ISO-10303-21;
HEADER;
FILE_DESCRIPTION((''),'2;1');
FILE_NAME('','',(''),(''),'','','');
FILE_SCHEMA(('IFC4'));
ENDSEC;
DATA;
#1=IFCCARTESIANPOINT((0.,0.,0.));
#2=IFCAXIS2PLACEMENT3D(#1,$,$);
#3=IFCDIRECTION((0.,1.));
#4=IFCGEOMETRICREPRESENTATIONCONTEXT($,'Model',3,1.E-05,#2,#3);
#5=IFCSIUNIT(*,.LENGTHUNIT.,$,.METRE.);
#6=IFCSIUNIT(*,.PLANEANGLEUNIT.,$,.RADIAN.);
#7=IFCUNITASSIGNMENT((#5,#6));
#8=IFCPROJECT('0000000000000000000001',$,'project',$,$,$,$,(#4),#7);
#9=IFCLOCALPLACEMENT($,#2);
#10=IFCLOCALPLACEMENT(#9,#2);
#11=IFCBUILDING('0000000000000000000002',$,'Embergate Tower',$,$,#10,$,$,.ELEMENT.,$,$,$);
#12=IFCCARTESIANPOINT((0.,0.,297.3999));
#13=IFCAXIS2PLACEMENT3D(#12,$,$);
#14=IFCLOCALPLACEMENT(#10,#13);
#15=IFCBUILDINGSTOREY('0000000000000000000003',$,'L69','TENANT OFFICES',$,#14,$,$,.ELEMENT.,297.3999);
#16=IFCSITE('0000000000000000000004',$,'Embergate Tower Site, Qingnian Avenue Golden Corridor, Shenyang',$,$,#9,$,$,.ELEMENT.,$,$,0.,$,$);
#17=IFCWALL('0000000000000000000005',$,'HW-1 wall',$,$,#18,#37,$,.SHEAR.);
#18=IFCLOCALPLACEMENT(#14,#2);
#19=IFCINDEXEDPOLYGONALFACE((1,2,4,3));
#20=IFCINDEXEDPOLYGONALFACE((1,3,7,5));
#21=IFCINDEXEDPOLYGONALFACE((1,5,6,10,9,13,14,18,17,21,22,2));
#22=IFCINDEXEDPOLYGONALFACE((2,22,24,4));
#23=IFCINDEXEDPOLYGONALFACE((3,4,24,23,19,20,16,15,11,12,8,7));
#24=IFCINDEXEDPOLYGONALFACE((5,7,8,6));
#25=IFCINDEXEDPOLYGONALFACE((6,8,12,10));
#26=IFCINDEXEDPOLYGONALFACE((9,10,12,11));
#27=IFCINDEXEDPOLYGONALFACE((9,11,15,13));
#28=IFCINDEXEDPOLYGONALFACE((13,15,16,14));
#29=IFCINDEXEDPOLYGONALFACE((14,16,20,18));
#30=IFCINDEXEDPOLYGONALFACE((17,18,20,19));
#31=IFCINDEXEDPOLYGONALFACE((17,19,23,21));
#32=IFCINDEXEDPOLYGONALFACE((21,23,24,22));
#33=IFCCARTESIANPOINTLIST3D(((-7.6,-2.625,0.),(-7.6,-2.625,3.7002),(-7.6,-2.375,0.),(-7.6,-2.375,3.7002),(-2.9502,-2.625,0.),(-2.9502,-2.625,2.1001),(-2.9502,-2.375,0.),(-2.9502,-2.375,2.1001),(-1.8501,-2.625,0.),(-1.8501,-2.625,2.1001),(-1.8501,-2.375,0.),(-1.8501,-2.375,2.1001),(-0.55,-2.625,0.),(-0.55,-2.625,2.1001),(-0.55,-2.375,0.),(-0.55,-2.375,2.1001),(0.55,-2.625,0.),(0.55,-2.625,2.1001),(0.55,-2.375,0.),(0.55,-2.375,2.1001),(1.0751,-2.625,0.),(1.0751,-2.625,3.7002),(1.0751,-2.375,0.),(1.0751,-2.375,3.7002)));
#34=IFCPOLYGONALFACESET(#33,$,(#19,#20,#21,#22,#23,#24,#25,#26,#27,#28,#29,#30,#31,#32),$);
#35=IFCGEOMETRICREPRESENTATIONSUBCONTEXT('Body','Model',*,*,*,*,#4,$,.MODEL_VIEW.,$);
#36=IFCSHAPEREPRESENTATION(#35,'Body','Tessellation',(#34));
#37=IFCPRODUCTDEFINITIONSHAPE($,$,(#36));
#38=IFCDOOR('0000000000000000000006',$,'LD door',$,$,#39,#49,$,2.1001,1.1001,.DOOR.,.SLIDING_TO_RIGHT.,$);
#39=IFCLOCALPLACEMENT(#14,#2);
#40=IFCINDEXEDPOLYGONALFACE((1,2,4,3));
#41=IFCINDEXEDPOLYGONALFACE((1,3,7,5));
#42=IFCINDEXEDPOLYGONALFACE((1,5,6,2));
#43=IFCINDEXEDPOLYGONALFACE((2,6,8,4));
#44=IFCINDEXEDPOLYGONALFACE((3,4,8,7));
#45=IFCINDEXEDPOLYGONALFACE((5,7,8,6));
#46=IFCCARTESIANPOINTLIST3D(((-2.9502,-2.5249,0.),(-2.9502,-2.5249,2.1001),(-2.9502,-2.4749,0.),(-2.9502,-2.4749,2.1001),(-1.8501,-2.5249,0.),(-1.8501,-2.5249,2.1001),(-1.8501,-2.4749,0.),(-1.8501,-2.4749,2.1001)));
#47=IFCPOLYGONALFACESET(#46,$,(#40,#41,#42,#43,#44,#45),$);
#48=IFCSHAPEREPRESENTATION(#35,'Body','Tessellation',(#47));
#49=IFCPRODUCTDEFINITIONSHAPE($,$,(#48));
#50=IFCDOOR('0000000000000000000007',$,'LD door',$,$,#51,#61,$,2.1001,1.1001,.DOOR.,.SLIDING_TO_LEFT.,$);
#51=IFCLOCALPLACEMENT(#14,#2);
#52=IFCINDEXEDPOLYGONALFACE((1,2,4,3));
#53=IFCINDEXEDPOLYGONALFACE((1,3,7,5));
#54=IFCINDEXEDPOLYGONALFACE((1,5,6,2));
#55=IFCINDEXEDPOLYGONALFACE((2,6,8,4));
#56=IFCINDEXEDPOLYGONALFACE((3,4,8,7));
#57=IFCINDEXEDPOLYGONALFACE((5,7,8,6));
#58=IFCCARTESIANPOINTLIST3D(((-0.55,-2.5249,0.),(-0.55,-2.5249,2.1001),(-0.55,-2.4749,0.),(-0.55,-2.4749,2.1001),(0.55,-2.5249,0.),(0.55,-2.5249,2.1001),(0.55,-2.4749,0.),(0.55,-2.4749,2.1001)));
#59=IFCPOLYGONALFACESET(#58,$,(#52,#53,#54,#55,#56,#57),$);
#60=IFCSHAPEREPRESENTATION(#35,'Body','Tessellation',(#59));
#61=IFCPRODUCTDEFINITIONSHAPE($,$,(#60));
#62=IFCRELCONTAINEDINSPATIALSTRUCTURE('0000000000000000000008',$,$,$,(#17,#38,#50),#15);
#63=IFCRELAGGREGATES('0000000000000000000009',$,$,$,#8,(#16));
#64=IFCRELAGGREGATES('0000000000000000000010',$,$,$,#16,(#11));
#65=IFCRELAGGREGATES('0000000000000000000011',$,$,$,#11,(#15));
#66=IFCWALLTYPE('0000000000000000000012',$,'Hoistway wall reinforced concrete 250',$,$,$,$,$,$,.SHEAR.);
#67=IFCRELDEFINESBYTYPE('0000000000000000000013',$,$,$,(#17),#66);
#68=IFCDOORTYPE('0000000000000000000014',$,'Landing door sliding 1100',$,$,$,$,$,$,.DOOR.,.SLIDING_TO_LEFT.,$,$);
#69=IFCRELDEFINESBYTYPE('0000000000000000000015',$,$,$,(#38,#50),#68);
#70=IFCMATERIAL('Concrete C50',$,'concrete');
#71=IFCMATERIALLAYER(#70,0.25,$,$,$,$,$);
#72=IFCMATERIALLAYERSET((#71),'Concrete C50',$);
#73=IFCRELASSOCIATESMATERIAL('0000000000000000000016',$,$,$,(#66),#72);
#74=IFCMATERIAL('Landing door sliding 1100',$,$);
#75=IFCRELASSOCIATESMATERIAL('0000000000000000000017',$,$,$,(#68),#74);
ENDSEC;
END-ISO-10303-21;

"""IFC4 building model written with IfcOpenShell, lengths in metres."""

from ifc_helpers import new_model, si_unit, direction, frame, frame_2d, origin, place, context, subcontext, project, spatial, rectangle, extrude, source, transform, mapped, material, layer, layer_set, type_object, element, fill, save


model = new_model("IFC4")

# Units and contexts
model_context = context("Model", 3, precision=1e-05, world=origin(), true_north=direction((0.0, 1.0)))
body_context = subcontext(model_context, "Body", "Model", "MODEL_VIEW")
ifc_project = project(units=[si_unit("LENGTHUNIT", "METRE"), si_unit("PLANEANGLEUNIT", "RADIAN")], contexts=[model_context])

# Site, building, storey
site_placement = place(None, origin())
site = spatial("IfcSite", under=ifc_project, at=site_placement, Name="Embergate Tower Site, Qingnian Avenue Golden Corridor, Shenyang", CompositionType="ELEMENT", RefElevation=0.0)
building_placement = place(site_placement, origin())
building = spatial("IfcBuilding", under=site, at=building_placement, Name="Embergate Tower", CompositionType="ELEMENT")
storey_placement = place(building_placement, frame((0.0, 0.0, 297.3999)))
storey = spatial("IfcBuildingStorey", under=building, at=storey_placement, Name="L69", Description="TENANT OFFICES", CompositionType="ELEMENT", Elevation=297.3999)

# Shared definitions
ifc_material_1 = material(Name="Concrete C50", Category="concrete")
ifc_layer_1 = layer(ifc_material_1, 0.25)
ifc_layer_set_1 = layer_set([ifc_layer_1], Name="Concrete C50")
wall_type_1 = type_object("IfcWallType", Name="Hoistway wall reinforced concrete 250", PredefinedType="SHEAR", material=ifc_layer_set_1)

# Wall, openings, doors
shared_shape_1 = source(origin(), body_context, "Body", "SweptSolid", [
    extrude(rectangle(XDim=8.675, YDim=0.25, at=frame_2d((4.3374, 0.0))), origin(), (0.0, 0.0, 1.0), 3.7002),
])
wall_1_placement = place(storey_placement, frame((1.075, -2.5, 0.0), z_axis=(0.0, 0.0, 1.0), x_axis=(-1.0, 0.0, 0.0)))
wall_1 = element("IfcWall", 1, at=wall_1_placement, inside=storey, type_object=wall_type_1, Name="HW-1 wall", PredefinedType="SHEAR", context=body_context, shape_type="MappedRepresentation", body=[
    mapped(shared_shape_1, transform((0.0, 0.0, 0.0))),
])
shared_shape_2 = source(origin(), body_context, "Body", "SweptSolid", [
    extrude(rectangle(XDim=1.1001, YDim=2.1001, at=frame_2d((0.55, 1.05))), frame((0.0, 0.135, 0.0), z_axis=(0.0, -1.0, 0.0), x_axis=(1.0, 0.0, 0.0)), (0.0, 0.0, 1.0), 0.27),
])
opening_1_placement = place(wall_1_placement, frame((2.925, 0.0, 0.0)))
opening_1 = element("IfcOpeningElement", 2, at=opening_1_placement, cuts=wall_1, PredefinedType="OPENING", context=body_context, shape_type="MappedRepresentation", body=[
    mapped(shared_shape_2, transform((0.0, 0.0, 0.0))),
])
opening_2_placement = place(wall_1_placement, frame((0.5249, 0.0, 0.0)))
opening_2 = element("IfcOpeningElement", 3, at=opening_2_placement, cuts=wall_1, PredefinedType="OPENING", context=body_context, shape_type="MappedRepresentation", body=[
    mapped(shared_shape_2, transform((0.0, 0.0, 0.0))),
])
ifc_material_2 = material(Name="Landing door sliding 1100")
door_type_1 = type_object("IfcDoorType", Name="Landing door sliding 1100", OperationType="SLIDING_TO_LEFT", PredefinedType="DOOR", material=ifc_material_2)
shared_shape_3 = source(origin(), body_context, "Body", "SweptSolid", [
    extrude(rectangle(XDim=1.1001, YDim=2.1001, at=frame_2d((0.55, 1.05))), frame((0.0, 0.0249, 0.0), z_axis=(0.0, -1.0, 0.0), x_axis=(1.0, 0.0, 0.0)), (0.0, 0.0, 1.0), 0.05),
])
door_1_placement = place(opening_1_placement, origin())
door_1 = element("IfcDoor", 4, at=door_1_placement, inside=storey, type_object=door_type_1, Name="LD door", OperationType="SLIDING_TO_RIGHT", OverallHeight=2.1001, OverallWidth=1.1001, PredefinedType="DOOR", context=body_context, shape_type="MappedRepresentation", body=[
    mapped(shared_shape_3, transform((0.0, 0.0, 0.0))),
])
fill(opening_1, door_1)
door_2_placement = place(opening_2_placement, origin())
door_2 = element("IfcDoor", 5, at=door_2_placement, inside=storey, type_object=door_type_1, Name="LD door", OperationType="SLIDING_TO_LEFT", OverallHeight=2.1001, OverallWidth=1.1001, PredefinedType="DOOR", context=body_context, shape_type="MappedRepresentation", body=[
    mapped(shared_shape_3, transform((0.0, 0.0, 0.0))),
])
fill(opening_2, door_2)

save(model, "model.ifc")
